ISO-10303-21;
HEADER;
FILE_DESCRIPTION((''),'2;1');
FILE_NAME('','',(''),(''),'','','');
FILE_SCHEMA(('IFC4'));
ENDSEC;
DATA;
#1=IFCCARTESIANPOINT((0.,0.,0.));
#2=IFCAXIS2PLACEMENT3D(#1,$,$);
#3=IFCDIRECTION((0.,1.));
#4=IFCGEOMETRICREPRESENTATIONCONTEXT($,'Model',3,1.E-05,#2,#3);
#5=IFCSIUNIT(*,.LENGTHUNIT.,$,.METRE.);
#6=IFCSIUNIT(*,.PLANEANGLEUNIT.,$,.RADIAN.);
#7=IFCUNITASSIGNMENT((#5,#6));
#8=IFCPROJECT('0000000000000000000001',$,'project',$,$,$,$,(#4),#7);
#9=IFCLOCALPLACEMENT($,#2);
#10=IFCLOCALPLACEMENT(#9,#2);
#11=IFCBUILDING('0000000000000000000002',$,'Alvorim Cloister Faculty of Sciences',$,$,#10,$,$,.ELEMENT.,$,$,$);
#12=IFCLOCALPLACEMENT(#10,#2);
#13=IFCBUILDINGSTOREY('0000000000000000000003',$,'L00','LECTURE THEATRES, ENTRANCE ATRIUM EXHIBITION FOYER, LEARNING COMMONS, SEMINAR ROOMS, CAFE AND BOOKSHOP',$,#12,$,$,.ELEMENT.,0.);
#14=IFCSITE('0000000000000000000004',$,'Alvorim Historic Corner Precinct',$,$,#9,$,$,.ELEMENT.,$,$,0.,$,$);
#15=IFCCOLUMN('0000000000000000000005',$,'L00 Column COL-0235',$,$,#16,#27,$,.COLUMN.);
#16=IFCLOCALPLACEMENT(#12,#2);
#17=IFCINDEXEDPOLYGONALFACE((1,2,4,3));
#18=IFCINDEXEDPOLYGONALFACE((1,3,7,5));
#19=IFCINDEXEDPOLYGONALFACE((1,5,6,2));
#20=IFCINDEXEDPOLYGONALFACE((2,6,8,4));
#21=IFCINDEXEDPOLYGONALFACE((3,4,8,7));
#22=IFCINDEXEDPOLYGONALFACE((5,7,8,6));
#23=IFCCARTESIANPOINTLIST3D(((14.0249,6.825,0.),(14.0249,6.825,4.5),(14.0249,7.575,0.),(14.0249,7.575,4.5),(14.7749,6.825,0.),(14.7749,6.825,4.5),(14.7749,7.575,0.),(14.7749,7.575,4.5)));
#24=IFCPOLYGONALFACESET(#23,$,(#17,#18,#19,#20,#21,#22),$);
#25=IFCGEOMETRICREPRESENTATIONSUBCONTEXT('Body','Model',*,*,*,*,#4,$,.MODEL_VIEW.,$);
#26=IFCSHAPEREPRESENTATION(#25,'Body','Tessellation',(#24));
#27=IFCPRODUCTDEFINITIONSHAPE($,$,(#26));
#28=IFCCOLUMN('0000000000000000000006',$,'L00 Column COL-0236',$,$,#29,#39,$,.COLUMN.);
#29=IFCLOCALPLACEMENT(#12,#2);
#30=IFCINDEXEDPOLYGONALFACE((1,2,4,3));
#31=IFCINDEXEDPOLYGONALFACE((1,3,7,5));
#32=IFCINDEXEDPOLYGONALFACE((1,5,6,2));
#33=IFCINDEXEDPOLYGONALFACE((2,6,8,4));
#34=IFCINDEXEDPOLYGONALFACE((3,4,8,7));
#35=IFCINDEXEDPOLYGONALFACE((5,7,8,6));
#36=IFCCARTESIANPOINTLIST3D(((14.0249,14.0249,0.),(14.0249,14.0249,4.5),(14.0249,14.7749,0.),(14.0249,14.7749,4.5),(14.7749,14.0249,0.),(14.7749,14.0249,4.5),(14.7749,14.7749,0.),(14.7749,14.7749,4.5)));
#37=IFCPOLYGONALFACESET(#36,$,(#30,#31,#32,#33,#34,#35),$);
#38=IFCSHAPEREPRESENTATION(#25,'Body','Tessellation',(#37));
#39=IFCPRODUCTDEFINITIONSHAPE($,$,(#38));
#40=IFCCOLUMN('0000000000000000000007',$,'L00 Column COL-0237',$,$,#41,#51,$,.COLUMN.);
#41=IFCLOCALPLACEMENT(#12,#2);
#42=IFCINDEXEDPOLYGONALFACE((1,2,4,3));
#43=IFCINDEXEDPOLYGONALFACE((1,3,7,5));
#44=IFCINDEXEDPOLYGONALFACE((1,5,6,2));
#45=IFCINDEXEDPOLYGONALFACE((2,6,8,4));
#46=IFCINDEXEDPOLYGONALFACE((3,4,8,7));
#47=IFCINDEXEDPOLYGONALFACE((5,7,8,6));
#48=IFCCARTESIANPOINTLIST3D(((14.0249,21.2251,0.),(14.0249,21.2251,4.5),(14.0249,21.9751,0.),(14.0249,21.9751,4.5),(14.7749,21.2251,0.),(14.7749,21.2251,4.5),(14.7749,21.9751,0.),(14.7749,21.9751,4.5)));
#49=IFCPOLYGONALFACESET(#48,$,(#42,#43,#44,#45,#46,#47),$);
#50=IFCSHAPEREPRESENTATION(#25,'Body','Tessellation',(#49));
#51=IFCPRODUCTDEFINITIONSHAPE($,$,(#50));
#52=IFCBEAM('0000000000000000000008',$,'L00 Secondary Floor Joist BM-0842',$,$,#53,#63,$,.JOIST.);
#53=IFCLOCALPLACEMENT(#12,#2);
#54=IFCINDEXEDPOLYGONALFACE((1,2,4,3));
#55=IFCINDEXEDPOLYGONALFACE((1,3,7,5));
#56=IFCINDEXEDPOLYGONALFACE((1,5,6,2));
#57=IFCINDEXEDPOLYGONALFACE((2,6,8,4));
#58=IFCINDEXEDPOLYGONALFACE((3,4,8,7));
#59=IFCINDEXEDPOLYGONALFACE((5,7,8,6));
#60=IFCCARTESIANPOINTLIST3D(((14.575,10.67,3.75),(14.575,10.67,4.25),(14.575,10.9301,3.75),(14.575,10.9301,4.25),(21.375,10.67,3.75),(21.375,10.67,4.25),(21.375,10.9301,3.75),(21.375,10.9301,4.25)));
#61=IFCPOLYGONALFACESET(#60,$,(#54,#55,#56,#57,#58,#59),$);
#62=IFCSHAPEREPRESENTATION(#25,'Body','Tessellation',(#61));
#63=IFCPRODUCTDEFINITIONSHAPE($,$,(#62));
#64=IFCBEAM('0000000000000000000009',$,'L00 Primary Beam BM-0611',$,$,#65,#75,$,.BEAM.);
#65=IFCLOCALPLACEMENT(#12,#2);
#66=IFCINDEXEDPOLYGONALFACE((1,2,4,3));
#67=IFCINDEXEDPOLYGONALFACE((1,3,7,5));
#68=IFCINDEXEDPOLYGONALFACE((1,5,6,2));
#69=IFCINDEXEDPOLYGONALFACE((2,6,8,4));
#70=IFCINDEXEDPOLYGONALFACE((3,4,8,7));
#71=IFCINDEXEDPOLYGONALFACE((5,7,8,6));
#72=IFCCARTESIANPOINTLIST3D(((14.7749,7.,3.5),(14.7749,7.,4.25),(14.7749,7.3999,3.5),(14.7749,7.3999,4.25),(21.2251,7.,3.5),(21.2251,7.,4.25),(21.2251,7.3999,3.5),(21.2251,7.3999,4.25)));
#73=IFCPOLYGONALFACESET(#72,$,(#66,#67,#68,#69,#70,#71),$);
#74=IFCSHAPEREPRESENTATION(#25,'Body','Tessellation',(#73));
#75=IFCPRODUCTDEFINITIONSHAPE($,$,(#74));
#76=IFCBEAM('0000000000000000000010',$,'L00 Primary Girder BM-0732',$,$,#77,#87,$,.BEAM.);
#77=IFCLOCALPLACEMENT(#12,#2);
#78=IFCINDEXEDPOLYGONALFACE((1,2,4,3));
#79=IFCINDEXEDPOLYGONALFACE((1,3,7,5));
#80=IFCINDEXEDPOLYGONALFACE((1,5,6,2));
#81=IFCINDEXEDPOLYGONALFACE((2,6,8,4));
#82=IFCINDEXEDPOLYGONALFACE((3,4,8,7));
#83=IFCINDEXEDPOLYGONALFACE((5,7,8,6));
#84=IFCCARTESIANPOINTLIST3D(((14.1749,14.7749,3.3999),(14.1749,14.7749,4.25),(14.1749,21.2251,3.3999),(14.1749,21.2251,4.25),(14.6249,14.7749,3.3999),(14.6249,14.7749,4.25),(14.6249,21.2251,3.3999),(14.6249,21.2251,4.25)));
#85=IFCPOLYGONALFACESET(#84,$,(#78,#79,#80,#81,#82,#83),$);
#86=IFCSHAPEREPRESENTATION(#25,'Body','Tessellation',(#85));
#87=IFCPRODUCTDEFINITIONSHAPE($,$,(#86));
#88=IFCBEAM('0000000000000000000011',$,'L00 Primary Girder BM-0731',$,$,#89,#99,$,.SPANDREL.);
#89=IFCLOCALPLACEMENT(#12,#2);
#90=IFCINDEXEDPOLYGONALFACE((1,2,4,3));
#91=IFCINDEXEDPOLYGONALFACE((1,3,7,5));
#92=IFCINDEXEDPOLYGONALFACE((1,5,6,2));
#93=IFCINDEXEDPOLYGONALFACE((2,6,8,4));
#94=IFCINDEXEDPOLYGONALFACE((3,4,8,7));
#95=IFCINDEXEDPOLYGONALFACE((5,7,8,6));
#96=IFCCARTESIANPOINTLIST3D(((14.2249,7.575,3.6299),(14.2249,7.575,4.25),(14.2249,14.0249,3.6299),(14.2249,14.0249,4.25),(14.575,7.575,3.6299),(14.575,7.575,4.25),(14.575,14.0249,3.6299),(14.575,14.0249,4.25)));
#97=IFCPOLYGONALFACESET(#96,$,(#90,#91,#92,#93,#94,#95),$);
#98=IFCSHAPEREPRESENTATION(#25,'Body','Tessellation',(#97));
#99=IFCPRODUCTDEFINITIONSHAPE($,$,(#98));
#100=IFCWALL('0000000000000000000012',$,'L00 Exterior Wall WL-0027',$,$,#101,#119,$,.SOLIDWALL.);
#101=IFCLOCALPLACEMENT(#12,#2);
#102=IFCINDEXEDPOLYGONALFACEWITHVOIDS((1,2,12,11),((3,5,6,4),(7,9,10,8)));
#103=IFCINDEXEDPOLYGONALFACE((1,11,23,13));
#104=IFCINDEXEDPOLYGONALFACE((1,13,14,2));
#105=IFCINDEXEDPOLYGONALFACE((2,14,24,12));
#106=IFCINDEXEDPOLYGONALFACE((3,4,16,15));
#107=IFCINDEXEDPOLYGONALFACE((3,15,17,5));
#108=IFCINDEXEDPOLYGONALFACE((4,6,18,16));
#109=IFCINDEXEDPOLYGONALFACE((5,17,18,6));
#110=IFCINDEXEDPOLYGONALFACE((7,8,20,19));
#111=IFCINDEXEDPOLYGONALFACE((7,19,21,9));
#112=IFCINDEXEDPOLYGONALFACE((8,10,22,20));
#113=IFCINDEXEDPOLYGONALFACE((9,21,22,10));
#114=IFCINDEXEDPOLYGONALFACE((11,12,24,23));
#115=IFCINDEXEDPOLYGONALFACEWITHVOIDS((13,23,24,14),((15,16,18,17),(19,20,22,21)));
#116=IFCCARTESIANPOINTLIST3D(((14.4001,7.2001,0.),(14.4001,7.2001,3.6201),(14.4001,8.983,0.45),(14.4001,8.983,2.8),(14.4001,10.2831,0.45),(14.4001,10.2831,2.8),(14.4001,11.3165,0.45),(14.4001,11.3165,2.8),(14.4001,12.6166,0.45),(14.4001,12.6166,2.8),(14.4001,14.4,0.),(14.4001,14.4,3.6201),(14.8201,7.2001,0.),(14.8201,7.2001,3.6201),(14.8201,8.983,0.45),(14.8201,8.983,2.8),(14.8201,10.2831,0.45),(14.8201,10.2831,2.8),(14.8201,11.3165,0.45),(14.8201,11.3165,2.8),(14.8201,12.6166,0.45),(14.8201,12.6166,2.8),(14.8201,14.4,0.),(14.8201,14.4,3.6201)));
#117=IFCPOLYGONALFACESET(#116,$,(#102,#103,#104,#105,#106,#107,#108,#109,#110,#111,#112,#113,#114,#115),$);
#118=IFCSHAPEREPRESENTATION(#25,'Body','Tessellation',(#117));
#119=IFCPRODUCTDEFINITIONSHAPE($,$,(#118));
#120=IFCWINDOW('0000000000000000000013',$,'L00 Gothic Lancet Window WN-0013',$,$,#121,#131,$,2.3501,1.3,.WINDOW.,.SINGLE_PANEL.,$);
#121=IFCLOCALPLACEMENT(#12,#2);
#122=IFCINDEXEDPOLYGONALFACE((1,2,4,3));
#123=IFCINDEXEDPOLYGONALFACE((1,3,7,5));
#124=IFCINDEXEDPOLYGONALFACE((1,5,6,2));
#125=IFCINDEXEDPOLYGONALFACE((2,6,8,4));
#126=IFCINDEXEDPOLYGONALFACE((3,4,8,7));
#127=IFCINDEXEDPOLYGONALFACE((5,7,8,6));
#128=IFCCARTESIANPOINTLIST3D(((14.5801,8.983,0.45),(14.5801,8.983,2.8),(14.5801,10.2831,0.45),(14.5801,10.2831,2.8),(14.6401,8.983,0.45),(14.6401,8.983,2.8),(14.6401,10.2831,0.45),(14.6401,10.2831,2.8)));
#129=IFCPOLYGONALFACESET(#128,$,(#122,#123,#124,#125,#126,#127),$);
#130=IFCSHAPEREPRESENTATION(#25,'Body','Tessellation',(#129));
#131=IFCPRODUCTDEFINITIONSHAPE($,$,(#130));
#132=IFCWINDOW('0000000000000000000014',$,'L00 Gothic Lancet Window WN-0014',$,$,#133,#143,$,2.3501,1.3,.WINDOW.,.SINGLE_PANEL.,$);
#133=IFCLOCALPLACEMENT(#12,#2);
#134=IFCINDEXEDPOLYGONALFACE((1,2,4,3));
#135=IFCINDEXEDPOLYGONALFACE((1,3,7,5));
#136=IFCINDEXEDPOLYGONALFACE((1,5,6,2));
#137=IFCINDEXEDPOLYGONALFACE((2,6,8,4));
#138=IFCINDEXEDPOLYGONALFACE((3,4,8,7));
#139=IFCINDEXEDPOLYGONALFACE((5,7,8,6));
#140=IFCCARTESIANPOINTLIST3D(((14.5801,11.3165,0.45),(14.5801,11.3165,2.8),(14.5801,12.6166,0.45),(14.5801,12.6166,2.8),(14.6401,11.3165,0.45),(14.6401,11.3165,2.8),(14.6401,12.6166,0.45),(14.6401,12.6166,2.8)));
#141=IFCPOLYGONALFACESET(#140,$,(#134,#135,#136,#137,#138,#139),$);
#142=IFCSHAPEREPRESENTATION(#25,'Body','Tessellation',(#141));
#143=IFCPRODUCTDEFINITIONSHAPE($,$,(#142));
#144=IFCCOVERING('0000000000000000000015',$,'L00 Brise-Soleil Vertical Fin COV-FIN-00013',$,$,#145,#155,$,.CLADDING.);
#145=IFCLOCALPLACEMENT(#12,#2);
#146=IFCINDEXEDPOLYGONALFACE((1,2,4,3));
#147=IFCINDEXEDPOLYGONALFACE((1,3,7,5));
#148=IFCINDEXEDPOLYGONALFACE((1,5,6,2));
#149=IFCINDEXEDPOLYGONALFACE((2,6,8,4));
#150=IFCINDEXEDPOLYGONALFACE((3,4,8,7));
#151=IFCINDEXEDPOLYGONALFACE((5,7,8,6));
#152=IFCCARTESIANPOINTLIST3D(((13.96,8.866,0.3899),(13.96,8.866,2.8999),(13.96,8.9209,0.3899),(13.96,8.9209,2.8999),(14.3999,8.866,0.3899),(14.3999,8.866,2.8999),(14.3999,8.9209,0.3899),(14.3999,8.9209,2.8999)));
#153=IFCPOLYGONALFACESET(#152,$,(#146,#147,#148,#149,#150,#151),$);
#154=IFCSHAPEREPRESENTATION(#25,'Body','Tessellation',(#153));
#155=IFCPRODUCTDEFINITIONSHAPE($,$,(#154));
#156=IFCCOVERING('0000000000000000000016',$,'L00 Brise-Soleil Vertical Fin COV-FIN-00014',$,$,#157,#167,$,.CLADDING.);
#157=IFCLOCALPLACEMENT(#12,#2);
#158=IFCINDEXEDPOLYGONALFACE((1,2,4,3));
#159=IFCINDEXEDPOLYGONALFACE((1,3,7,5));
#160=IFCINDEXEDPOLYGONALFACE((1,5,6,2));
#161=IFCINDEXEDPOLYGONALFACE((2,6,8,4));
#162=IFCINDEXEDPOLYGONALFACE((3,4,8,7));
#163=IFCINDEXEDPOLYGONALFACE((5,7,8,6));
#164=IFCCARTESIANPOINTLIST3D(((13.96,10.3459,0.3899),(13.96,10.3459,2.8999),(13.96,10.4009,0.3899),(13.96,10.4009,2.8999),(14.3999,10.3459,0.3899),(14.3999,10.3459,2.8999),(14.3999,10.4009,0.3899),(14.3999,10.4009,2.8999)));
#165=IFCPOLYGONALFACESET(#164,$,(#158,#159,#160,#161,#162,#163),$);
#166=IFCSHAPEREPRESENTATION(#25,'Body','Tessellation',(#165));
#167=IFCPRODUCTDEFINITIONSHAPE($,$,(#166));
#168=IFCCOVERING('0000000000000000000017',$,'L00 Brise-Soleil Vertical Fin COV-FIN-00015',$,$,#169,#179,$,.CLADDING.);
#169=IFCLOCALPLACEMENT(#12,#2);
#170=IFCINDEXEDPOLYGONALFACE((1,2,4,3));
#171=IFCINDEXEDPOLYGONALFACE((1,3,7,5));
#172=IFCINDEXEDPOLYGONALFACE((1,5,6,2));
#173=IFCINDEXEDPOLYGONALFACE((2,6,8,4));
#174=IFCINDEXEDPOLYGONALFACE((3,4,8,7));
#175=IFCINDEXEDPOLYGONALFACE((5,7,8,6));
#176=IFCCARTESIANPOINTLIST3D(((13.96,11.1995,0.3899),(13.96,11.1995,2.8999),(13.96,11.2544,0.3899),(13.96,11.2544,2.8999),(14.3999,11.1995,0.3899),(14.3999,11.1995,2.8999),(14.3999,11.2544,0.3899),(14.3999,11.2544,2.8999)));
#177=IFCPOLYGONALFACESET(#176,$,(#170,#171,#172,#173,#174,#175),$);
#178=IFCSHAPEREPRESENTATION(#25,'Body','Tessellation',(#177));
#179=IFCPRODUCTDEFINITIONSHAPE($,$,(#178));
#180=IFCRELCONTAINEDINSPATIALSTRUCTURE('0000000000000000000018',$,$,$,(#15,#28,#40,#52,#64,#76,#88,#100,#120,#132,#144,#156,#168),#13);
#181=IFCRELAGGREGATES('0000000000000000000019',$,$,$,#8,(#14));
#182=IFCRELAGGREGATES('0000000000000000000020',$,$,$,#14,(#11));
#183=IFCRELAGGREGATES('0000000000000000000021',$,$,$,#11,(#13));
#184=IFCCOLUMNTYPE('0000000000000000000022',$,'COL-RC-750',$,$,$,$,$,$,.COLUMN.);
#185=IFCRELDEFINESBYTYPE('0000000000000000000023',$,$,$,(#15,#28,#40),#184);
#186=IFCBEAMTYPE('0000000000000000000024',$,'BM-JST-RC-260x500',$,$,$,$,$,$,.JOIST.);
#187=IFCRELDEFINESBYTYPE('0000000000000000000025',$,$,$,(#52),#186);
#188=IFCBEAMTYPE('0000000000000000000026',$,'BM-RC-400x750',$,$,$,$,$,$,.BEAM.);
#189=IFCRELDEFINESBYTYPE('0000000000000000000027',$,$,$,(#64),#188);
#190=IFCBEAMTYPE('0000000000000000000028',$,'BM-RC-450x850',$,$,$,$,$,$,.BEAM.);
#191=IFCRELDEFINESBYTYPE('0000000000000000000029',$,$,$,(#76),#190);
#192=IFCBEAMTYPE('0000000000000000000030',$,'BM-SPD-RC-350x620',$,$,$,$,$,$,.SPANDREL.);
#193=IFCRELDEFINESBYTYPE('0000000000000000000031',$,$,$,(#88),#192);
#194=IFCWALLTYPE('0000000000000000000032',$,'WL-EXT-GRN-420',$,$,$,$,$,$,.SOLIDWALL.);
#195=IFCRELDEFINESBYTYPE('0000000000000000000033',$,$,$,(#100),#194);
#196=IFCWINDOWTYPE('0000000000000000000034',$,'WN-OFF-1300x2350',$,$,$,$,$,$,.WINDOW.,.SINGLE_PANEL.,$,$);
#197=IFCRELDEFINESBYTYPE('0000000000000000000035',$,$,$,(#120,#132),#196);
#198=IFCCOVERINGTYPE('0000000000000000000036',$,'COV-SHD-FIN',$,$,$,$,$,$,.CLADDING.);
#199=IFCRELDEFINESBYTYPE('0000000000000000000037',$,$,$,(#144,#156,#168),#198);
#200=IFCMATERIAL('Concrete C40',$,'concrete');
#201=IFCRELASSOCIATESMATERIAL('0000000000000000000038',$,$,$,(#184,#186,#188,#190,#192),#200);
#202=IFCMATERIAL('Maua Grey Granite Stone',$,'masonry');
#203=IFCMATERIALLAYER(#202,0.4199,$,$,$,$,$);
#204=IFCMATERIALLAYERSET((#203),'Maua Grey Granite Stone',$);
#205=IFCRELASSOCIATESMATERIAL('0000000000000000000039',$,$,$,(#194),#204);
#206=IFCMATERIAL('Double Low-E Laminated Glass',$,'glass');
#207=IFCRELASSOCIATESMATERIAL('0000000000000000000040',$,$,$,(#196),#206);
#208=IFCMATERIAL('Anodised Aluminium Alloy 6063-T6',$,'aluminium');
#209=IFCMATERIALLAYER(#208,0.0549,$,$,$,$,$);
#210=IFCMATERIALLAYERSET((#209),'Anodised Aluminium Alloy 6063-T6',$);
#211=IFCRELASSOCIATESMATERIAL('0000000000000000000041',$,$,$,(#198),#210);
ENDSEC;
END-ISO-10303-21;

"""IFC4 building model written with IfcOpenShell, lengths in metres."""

from ifc_helpers import new_model, si_unit, direction, frame, frame_2d, origin, origin_2d, place, context, subcontext, project, spatial, polyline, rectangle, outline, extrude, material, layer, layer_set, material_profile, profile_set, type_object, element, fill, save


model = new_model("IFC4")

# Units and contexts
model_context = context("Model", 3, precision=1e-05, world=origin(), true_north=direction((0.0, 1.0)))
body_context = subcontext(model_context, "Body", "Model", "MODEL_VIEW")
ifc_project = project(units=[si_unit("LENGTHUNIT", "METRE"), si_unit("PLANEANGLEUNIT", "RADIAN")], contexts=[model_context])

# Site, building, storey
site_placement = place(None, origin())
site = spatial("IfcSite", under=ifc_project, at=site_placement, Name="Alvorim Historic Corner Precinct", CompositionType="ELEMENT", RefElevation=0.0)
building_placement = place(site_placement, origin())
building = spatial("IfcBuilding", under=site, at=building_placement, Name="Alvorim Cloister Faculty of Sciences", CompositionType="ELEMENT")
storey_placement = place(building_placement, origin())
storey = spatial("IfcBuildingStorey", under=building, at=storey_placement, Name="L00", Description="LECTURE THEATRES, ENTRANCE ATRIUM EXHIBITION FOYER, LEARNING COMMONS, SEMINAR ROOMS, CAFE AND BOOKSHOP", CompositionType="ELEMENT", Elevation=0.0)

# Columns
ifc_material_1 = material(Name="Concrete C40", Category="concrete")
ifc_material_profile_1 = material_profile(ifc_material_1, rectangle(XDim=0.75, YDim=0.75, at=origin_2d()), Name="RC40-COL-750x750")
ifc_profile_set_1 = profile_set([ifc_material_profile_1], Name="Concrete C40")
column_type = type_object("IfcColumnType", Name="COL-RC-750", PredefinedType="COLUMN", material=ifc_profile_set_1)
for number, where, z_axis, x_axis, name in (
    (1, (14.3999, 7.2, 0.0), (0.0, 0.0, 1.0), (1.0, 0.0, 0.0), "L00 Column COL-0235"),
    (2, (14.3999, 14.3999, 0.0), (0.0, 0.0, 1.0), (1.0, 0.0, 0.0), "L00 Column COL-0236"),
    (3, (14.3999, 21.6001, 0.0), (0.0, 0.0, 1.0), (1.0, 0.0, 0.0), "L00 Column COL-0237"),
):
    element("IfcColumn", number, at=place(storey_placement, frame(where, z_axis=z_axis, x_axis=x_axis)), inside=storey, type_object=column_type, Name=name, PredefinedType="COLUMN", context=body_context, shape_type="SweptSolid", body=[
        extrude(rectangle(XDim=0.75, YDim=0.75, at=origin_2d()), origin(), (0.0, 0.0, 1.0), 4.5),
    ])

# Beams
ifc_material_profile_2 = material_profile(ifc_material_1, rectangle(XDim=0.26, YDim=0.5, at=origin_2d()), Name="RC40-JST-260x500")
ifc_profile_set_2 = profile_set([ifc_material_profile_2], Name="Concrete C40")
beam_type_1 = type_object("IfcBeamType", Name="BM-JST-RC-260x500", PredefinedType="JOIST", material=ifc_profile_set_2)
beam_1_placement = place(storey_placement, frame((14.575, 10.8, 4.0), z_axis=(1.0, 0.0, 0.0), x_axis=(0.0, 1.0, 0.0)))
element("IfcBeam", 4, at=beam_1_placement, inside=storey, type_object=beam_type_1, Name="L00 Secondary Floor Joist BM-0842", PredefinedType="JOIST", context=body_context, shape_type="SweptSolid", body=[
    extrude(rectangle(XDim=0.26, YDim=0.5, at=origin_2d()), origin(), (0.0, 0.0, 1.0), 6.8),
])
ifc_material_profile_3 = material_profile(ifc_material_1, rectangle(XDim=0.3999, YDim=0.75, at=origin_2d()), Name="RC40-BM-400x750")
ifc_profile_set_3 = profile_set([ifc_material_profile_3], Name="Concrete C40")
beam_type_2 = type_object("IfcBeamType", Name="BM-RC-400x750", PredefinedType="BEAM", material=ifc_profile_set_3)
beam_2_placement = place(storey_placement, frame((14.7749, 7.2, 3.875), z_axis=(1.0, 0.0, 0.0), x_axis=(0.0, 1.0, 0.0)))
element("IfcBeam", 5, at=beam_2_placement, inside=storey, type_object=beam_type_2, Name="L00 Primary Beam BM-0611", PredefinedType="BEAM", context=body_context, shape_type="SweptSolid", body=[
    extrude(rectangle(XDim=0.3999, YDim=0.75, at=origin_2d()), origin(), (0.0, 0.0, 1.0), 6.4502),
])
ifc_material_profile_4 = material_profile(ifc_material_1, rectangle(XDim=0.45, YDim=0.8501, at=origin_2d()), Name="RC40-BM-450x850")
ifc_profile_set_4 = profile_set([ifc_material_profile_4], Name="Concrete C40")
beam_type_3 = type_object("IfcBeamType", Name="BM-RC-450x850", PredefinedType="BEAM", material=ifc_profile_set_4)
beam_3_placement = place(storey_placement, frame((14.3999, 14.7749, 3.825), z_axis=(0.0, 1.0, 0.0), x_axis=(-1.0, 0.0, 0.0)))
element("IfcBeam", 6, at=beam_3_placement, inside=storey, type_object=beam_type_3, Name="L00 Primary Girder BM-0732", PredefinedType="BEAM", context=body_context, shape_type="SweptSolid", body=[
    extrude(rectangle(XDim=0.45, YDim=0.8501, at=origin_2d()), origin(), (0.0, 0.0, 1.0), 6.4502),
])
ifc_material_profile_5 = material_profile(ifc_material_1, rectangle(XDim=0.3501, YDim=0.6201, at=origin_2d()), Name="RC40-SPD-350x620")
ifc_profile_set_5 = profile_set([ifc_material_profile_5], Name="Concrete C40")
beam_type_4 = type_object("IfcBeamType", Name="BM-SPD-RC-350x620", PredefinedType="SPANDREL", material=ifc_profile_set_5)
beam_4_placement = place(storey_placement, frame((14.3999, 7.575, 3.9399), z_axis=(0.0, 1.0, 0.0), x_axis=(-1.0, 0.0, 0.0)))
element("IfcBeam", 7, at=beam_4_placement, inside=storey, type_object=beam_type_4, Name="L00 Primary Girder BM-0731", PredefinedType="SPANDREL", context=body_context, shape_type="SweptSolid", body=[
    extrude(rectangle(XDim=0.3501, YDim=0.6201, at=origin_2d()), origin(), (0.0, 0.0, 1.0), 6.45),
])

# Wall, openings, windows
ifc_material_2 = material(Name="Maua Grey Granite Stone", Category="masonry")
ifc_layer_1 = layer(ifc_material_2, 0.4199)
ifc_layer_set_1 = layer_set([ifc_layer_1], Name="Maua Grey Granite Stone")
wall_type = type_object("IfcWallType", Name="WL-EXT-GRN-420", PredefinedType="SOLIDWALL", material=ifc_layer_set_1)
wall_placement = place(storey_placement, frame((14.6101, 7.2, 0.0), z_axis=(0.0, 0.0, 1.0), x_axis=(0.0, 1.0, 0.0)))
wall = element("IfcWall", 8, at=wall_placement, inside=storey, type_object=wall_type, Name="L00 Exterior Wall WL-0027", PredefinedType="SOLIDWALL", context=body_context, shape_type="SweptSolid", body=[
    extrude(rectangle(XDim=7.2, YDim=0.4199, at=frame_2d((3.6001, 0.0))), origin(), (0.0, 0.0, 1.0), 3.6201),
])
opening_1_placement = place(wall_placement, frame((1.7832, 0.0, 0.45)))
opening_1 = element("IfcOpeningElement", 9, at=opening_1_placement, cuts=wall, PredefinedType="OPENING", context=body_context, shape_type="SweptSolid", body=[
    extrude(rectangle(XDim=1.3, YDim=2.3501, at=frame_2d((0.6499, 1.175))), frame((0.0, 0.2219, 0.0), z_axis=(0.0, -1.0, 0.0), x_axis=(1.0, 0.0, 0.0)), (0.0, 0.0, 1.0), 0.4438),
])
opening_2_placement = place(wall_placement, frame((4.1167, 0.0, 0.45)))
opening_2 = element("IfcOpeningElement", 10, at=opening_2_placement, cuts=wall, PredefinedType="OPENING", context=body_context, shape_type="SweptSolid", body=[
    extrude(rectangle(XDim=1.3, YDim=2.3501, at=frame_2d((0.6499, 1.175))), frame((0.0, 0.2219, 0.0), z_axis=(0.0, -1.0, 0.0), x_axis=(1.0, 0.0, 0.0)), (0.0, 0.0, 1.0), 0.4438),
])
ifc_material_3 = material(Name="Double Low-E Laminated Glass", Category="glass")
window_type = type_object("IfcWindowType", Name="WN-OFF-1300x2350", PartitioningType="SINGLE_PANEL", PredefinedType="WINDOW", material=ifc_material_3)
window_1_placement = place(opening_1_placement, origin())
window_1 = element("IfcWindow", 11, at=window_1_placement, inside=storey, type_object=window_type, Name="L00 Gothic Lancet Window WN-0013", OverallHeight=2.3501, OverallWidth=1.3, PartitioningType="SINGLE_PANEL", PredefinedType="WINDOW", context=body_context, shape_type="SweptSolid", body=[
    extrude(rectangle(XDim=1.3, YDim=2.3501, at=frame_2d((0.6499, 1.175))), frame((0.0, 0.03, 0.0), z_axis=(0.0, -1.0, 0.0), x_axis=(1.0, 0.0, 0.0)), (0.0, 0.0, 1.0), 0.0601),
])
fill(opening_1, window_1)
window_2_placement = place(opening_2_placement, origin())
window_2 = element("IfcWindow", 12, at=window_2_placement, inside=storey, type_object=window_type, Name="L00 Gothic Lancet Window WN-0014", OverallHeight=2.3501, OverallWidth=1.3, PartitioningType="SINGLE_PANEL", PredefinedType="WINDOW", context=body_context, shape_type="SweptSolid", body=[
    extrude(rectangle(XDim=1.3, YDim=2.3501, at=frame_2d((0.6499, 1.175))), frame((0.0, 0.03, 0.0), z_axis=(0.0, -1.0, 0.0), x_axis=(1.0, 0.0, 0.0)), (0.0, 0.0, 1.0), 0.0601),
])
fill(opening_2, window_2)

# Coverings
ifc_material_4 = material(Name="Anodised Aluminium Alloy 6063-T6", Category="aluminium")
ifc_layer_2 = layer(ifc_material_4, 0.0549)
ifc_layer_set_2 = layer_set([ifc_layer_2], Name="Anodised Aluminium Alloy 6063-T6")
covering_type = type_object("IfcCoveringType", Name="COV-SHD-FIN", PredefinedType="CLADDING", material=ifc_layer_set_2)
for number, where, z_axis, x_axis, name in (
    (13, (14.3999, 8.8933, 0.3899), (0.0, 0.0, 1.0), (-1.0, 0.0, 0.0), "L00 Brise-Soleil Vertical Fin COV-FIN-00013"),
    (14, (14.3999, 10.3733, 0.3899), (0.0, 0.0, 1.0), (-1.0, 0.0, 0.0), "L00 Brise-Soleil Vertical Fin COV-FIN-00014"),
    (15, (14.3999, 11.2268, 0.3899), (0.0, 0.0, 1.0), (-1.0, 0.0, 0.0), "L00 Brise-Soleil Vertical Fin COV-FIN-00015"),
):
    element("IfcCovering", number, at=place(storey_placement, frame(where, z_axis=z_axis, x_axis=x_axis)), inside=storey, type_object=covering_type, Name=name, PredefinedType="CLADDING", context=body_context, shape_type="SweptSolid", body=[
        extrude(outline(polyline([(0.0, 0.0), (0.4399, 0.0), (0.4399, 2.51), (0.0, 2.51), (0.0, 0.0)])), frame((0.0, 0.0273, 0.0), z_axis=(0.0, -1.0, 0.0), x_axis=(1.0, 0.0, 0.0)), (0.0, 0.0, 1.0), 0.0549),
    ])

save(model, "model.ifc")
